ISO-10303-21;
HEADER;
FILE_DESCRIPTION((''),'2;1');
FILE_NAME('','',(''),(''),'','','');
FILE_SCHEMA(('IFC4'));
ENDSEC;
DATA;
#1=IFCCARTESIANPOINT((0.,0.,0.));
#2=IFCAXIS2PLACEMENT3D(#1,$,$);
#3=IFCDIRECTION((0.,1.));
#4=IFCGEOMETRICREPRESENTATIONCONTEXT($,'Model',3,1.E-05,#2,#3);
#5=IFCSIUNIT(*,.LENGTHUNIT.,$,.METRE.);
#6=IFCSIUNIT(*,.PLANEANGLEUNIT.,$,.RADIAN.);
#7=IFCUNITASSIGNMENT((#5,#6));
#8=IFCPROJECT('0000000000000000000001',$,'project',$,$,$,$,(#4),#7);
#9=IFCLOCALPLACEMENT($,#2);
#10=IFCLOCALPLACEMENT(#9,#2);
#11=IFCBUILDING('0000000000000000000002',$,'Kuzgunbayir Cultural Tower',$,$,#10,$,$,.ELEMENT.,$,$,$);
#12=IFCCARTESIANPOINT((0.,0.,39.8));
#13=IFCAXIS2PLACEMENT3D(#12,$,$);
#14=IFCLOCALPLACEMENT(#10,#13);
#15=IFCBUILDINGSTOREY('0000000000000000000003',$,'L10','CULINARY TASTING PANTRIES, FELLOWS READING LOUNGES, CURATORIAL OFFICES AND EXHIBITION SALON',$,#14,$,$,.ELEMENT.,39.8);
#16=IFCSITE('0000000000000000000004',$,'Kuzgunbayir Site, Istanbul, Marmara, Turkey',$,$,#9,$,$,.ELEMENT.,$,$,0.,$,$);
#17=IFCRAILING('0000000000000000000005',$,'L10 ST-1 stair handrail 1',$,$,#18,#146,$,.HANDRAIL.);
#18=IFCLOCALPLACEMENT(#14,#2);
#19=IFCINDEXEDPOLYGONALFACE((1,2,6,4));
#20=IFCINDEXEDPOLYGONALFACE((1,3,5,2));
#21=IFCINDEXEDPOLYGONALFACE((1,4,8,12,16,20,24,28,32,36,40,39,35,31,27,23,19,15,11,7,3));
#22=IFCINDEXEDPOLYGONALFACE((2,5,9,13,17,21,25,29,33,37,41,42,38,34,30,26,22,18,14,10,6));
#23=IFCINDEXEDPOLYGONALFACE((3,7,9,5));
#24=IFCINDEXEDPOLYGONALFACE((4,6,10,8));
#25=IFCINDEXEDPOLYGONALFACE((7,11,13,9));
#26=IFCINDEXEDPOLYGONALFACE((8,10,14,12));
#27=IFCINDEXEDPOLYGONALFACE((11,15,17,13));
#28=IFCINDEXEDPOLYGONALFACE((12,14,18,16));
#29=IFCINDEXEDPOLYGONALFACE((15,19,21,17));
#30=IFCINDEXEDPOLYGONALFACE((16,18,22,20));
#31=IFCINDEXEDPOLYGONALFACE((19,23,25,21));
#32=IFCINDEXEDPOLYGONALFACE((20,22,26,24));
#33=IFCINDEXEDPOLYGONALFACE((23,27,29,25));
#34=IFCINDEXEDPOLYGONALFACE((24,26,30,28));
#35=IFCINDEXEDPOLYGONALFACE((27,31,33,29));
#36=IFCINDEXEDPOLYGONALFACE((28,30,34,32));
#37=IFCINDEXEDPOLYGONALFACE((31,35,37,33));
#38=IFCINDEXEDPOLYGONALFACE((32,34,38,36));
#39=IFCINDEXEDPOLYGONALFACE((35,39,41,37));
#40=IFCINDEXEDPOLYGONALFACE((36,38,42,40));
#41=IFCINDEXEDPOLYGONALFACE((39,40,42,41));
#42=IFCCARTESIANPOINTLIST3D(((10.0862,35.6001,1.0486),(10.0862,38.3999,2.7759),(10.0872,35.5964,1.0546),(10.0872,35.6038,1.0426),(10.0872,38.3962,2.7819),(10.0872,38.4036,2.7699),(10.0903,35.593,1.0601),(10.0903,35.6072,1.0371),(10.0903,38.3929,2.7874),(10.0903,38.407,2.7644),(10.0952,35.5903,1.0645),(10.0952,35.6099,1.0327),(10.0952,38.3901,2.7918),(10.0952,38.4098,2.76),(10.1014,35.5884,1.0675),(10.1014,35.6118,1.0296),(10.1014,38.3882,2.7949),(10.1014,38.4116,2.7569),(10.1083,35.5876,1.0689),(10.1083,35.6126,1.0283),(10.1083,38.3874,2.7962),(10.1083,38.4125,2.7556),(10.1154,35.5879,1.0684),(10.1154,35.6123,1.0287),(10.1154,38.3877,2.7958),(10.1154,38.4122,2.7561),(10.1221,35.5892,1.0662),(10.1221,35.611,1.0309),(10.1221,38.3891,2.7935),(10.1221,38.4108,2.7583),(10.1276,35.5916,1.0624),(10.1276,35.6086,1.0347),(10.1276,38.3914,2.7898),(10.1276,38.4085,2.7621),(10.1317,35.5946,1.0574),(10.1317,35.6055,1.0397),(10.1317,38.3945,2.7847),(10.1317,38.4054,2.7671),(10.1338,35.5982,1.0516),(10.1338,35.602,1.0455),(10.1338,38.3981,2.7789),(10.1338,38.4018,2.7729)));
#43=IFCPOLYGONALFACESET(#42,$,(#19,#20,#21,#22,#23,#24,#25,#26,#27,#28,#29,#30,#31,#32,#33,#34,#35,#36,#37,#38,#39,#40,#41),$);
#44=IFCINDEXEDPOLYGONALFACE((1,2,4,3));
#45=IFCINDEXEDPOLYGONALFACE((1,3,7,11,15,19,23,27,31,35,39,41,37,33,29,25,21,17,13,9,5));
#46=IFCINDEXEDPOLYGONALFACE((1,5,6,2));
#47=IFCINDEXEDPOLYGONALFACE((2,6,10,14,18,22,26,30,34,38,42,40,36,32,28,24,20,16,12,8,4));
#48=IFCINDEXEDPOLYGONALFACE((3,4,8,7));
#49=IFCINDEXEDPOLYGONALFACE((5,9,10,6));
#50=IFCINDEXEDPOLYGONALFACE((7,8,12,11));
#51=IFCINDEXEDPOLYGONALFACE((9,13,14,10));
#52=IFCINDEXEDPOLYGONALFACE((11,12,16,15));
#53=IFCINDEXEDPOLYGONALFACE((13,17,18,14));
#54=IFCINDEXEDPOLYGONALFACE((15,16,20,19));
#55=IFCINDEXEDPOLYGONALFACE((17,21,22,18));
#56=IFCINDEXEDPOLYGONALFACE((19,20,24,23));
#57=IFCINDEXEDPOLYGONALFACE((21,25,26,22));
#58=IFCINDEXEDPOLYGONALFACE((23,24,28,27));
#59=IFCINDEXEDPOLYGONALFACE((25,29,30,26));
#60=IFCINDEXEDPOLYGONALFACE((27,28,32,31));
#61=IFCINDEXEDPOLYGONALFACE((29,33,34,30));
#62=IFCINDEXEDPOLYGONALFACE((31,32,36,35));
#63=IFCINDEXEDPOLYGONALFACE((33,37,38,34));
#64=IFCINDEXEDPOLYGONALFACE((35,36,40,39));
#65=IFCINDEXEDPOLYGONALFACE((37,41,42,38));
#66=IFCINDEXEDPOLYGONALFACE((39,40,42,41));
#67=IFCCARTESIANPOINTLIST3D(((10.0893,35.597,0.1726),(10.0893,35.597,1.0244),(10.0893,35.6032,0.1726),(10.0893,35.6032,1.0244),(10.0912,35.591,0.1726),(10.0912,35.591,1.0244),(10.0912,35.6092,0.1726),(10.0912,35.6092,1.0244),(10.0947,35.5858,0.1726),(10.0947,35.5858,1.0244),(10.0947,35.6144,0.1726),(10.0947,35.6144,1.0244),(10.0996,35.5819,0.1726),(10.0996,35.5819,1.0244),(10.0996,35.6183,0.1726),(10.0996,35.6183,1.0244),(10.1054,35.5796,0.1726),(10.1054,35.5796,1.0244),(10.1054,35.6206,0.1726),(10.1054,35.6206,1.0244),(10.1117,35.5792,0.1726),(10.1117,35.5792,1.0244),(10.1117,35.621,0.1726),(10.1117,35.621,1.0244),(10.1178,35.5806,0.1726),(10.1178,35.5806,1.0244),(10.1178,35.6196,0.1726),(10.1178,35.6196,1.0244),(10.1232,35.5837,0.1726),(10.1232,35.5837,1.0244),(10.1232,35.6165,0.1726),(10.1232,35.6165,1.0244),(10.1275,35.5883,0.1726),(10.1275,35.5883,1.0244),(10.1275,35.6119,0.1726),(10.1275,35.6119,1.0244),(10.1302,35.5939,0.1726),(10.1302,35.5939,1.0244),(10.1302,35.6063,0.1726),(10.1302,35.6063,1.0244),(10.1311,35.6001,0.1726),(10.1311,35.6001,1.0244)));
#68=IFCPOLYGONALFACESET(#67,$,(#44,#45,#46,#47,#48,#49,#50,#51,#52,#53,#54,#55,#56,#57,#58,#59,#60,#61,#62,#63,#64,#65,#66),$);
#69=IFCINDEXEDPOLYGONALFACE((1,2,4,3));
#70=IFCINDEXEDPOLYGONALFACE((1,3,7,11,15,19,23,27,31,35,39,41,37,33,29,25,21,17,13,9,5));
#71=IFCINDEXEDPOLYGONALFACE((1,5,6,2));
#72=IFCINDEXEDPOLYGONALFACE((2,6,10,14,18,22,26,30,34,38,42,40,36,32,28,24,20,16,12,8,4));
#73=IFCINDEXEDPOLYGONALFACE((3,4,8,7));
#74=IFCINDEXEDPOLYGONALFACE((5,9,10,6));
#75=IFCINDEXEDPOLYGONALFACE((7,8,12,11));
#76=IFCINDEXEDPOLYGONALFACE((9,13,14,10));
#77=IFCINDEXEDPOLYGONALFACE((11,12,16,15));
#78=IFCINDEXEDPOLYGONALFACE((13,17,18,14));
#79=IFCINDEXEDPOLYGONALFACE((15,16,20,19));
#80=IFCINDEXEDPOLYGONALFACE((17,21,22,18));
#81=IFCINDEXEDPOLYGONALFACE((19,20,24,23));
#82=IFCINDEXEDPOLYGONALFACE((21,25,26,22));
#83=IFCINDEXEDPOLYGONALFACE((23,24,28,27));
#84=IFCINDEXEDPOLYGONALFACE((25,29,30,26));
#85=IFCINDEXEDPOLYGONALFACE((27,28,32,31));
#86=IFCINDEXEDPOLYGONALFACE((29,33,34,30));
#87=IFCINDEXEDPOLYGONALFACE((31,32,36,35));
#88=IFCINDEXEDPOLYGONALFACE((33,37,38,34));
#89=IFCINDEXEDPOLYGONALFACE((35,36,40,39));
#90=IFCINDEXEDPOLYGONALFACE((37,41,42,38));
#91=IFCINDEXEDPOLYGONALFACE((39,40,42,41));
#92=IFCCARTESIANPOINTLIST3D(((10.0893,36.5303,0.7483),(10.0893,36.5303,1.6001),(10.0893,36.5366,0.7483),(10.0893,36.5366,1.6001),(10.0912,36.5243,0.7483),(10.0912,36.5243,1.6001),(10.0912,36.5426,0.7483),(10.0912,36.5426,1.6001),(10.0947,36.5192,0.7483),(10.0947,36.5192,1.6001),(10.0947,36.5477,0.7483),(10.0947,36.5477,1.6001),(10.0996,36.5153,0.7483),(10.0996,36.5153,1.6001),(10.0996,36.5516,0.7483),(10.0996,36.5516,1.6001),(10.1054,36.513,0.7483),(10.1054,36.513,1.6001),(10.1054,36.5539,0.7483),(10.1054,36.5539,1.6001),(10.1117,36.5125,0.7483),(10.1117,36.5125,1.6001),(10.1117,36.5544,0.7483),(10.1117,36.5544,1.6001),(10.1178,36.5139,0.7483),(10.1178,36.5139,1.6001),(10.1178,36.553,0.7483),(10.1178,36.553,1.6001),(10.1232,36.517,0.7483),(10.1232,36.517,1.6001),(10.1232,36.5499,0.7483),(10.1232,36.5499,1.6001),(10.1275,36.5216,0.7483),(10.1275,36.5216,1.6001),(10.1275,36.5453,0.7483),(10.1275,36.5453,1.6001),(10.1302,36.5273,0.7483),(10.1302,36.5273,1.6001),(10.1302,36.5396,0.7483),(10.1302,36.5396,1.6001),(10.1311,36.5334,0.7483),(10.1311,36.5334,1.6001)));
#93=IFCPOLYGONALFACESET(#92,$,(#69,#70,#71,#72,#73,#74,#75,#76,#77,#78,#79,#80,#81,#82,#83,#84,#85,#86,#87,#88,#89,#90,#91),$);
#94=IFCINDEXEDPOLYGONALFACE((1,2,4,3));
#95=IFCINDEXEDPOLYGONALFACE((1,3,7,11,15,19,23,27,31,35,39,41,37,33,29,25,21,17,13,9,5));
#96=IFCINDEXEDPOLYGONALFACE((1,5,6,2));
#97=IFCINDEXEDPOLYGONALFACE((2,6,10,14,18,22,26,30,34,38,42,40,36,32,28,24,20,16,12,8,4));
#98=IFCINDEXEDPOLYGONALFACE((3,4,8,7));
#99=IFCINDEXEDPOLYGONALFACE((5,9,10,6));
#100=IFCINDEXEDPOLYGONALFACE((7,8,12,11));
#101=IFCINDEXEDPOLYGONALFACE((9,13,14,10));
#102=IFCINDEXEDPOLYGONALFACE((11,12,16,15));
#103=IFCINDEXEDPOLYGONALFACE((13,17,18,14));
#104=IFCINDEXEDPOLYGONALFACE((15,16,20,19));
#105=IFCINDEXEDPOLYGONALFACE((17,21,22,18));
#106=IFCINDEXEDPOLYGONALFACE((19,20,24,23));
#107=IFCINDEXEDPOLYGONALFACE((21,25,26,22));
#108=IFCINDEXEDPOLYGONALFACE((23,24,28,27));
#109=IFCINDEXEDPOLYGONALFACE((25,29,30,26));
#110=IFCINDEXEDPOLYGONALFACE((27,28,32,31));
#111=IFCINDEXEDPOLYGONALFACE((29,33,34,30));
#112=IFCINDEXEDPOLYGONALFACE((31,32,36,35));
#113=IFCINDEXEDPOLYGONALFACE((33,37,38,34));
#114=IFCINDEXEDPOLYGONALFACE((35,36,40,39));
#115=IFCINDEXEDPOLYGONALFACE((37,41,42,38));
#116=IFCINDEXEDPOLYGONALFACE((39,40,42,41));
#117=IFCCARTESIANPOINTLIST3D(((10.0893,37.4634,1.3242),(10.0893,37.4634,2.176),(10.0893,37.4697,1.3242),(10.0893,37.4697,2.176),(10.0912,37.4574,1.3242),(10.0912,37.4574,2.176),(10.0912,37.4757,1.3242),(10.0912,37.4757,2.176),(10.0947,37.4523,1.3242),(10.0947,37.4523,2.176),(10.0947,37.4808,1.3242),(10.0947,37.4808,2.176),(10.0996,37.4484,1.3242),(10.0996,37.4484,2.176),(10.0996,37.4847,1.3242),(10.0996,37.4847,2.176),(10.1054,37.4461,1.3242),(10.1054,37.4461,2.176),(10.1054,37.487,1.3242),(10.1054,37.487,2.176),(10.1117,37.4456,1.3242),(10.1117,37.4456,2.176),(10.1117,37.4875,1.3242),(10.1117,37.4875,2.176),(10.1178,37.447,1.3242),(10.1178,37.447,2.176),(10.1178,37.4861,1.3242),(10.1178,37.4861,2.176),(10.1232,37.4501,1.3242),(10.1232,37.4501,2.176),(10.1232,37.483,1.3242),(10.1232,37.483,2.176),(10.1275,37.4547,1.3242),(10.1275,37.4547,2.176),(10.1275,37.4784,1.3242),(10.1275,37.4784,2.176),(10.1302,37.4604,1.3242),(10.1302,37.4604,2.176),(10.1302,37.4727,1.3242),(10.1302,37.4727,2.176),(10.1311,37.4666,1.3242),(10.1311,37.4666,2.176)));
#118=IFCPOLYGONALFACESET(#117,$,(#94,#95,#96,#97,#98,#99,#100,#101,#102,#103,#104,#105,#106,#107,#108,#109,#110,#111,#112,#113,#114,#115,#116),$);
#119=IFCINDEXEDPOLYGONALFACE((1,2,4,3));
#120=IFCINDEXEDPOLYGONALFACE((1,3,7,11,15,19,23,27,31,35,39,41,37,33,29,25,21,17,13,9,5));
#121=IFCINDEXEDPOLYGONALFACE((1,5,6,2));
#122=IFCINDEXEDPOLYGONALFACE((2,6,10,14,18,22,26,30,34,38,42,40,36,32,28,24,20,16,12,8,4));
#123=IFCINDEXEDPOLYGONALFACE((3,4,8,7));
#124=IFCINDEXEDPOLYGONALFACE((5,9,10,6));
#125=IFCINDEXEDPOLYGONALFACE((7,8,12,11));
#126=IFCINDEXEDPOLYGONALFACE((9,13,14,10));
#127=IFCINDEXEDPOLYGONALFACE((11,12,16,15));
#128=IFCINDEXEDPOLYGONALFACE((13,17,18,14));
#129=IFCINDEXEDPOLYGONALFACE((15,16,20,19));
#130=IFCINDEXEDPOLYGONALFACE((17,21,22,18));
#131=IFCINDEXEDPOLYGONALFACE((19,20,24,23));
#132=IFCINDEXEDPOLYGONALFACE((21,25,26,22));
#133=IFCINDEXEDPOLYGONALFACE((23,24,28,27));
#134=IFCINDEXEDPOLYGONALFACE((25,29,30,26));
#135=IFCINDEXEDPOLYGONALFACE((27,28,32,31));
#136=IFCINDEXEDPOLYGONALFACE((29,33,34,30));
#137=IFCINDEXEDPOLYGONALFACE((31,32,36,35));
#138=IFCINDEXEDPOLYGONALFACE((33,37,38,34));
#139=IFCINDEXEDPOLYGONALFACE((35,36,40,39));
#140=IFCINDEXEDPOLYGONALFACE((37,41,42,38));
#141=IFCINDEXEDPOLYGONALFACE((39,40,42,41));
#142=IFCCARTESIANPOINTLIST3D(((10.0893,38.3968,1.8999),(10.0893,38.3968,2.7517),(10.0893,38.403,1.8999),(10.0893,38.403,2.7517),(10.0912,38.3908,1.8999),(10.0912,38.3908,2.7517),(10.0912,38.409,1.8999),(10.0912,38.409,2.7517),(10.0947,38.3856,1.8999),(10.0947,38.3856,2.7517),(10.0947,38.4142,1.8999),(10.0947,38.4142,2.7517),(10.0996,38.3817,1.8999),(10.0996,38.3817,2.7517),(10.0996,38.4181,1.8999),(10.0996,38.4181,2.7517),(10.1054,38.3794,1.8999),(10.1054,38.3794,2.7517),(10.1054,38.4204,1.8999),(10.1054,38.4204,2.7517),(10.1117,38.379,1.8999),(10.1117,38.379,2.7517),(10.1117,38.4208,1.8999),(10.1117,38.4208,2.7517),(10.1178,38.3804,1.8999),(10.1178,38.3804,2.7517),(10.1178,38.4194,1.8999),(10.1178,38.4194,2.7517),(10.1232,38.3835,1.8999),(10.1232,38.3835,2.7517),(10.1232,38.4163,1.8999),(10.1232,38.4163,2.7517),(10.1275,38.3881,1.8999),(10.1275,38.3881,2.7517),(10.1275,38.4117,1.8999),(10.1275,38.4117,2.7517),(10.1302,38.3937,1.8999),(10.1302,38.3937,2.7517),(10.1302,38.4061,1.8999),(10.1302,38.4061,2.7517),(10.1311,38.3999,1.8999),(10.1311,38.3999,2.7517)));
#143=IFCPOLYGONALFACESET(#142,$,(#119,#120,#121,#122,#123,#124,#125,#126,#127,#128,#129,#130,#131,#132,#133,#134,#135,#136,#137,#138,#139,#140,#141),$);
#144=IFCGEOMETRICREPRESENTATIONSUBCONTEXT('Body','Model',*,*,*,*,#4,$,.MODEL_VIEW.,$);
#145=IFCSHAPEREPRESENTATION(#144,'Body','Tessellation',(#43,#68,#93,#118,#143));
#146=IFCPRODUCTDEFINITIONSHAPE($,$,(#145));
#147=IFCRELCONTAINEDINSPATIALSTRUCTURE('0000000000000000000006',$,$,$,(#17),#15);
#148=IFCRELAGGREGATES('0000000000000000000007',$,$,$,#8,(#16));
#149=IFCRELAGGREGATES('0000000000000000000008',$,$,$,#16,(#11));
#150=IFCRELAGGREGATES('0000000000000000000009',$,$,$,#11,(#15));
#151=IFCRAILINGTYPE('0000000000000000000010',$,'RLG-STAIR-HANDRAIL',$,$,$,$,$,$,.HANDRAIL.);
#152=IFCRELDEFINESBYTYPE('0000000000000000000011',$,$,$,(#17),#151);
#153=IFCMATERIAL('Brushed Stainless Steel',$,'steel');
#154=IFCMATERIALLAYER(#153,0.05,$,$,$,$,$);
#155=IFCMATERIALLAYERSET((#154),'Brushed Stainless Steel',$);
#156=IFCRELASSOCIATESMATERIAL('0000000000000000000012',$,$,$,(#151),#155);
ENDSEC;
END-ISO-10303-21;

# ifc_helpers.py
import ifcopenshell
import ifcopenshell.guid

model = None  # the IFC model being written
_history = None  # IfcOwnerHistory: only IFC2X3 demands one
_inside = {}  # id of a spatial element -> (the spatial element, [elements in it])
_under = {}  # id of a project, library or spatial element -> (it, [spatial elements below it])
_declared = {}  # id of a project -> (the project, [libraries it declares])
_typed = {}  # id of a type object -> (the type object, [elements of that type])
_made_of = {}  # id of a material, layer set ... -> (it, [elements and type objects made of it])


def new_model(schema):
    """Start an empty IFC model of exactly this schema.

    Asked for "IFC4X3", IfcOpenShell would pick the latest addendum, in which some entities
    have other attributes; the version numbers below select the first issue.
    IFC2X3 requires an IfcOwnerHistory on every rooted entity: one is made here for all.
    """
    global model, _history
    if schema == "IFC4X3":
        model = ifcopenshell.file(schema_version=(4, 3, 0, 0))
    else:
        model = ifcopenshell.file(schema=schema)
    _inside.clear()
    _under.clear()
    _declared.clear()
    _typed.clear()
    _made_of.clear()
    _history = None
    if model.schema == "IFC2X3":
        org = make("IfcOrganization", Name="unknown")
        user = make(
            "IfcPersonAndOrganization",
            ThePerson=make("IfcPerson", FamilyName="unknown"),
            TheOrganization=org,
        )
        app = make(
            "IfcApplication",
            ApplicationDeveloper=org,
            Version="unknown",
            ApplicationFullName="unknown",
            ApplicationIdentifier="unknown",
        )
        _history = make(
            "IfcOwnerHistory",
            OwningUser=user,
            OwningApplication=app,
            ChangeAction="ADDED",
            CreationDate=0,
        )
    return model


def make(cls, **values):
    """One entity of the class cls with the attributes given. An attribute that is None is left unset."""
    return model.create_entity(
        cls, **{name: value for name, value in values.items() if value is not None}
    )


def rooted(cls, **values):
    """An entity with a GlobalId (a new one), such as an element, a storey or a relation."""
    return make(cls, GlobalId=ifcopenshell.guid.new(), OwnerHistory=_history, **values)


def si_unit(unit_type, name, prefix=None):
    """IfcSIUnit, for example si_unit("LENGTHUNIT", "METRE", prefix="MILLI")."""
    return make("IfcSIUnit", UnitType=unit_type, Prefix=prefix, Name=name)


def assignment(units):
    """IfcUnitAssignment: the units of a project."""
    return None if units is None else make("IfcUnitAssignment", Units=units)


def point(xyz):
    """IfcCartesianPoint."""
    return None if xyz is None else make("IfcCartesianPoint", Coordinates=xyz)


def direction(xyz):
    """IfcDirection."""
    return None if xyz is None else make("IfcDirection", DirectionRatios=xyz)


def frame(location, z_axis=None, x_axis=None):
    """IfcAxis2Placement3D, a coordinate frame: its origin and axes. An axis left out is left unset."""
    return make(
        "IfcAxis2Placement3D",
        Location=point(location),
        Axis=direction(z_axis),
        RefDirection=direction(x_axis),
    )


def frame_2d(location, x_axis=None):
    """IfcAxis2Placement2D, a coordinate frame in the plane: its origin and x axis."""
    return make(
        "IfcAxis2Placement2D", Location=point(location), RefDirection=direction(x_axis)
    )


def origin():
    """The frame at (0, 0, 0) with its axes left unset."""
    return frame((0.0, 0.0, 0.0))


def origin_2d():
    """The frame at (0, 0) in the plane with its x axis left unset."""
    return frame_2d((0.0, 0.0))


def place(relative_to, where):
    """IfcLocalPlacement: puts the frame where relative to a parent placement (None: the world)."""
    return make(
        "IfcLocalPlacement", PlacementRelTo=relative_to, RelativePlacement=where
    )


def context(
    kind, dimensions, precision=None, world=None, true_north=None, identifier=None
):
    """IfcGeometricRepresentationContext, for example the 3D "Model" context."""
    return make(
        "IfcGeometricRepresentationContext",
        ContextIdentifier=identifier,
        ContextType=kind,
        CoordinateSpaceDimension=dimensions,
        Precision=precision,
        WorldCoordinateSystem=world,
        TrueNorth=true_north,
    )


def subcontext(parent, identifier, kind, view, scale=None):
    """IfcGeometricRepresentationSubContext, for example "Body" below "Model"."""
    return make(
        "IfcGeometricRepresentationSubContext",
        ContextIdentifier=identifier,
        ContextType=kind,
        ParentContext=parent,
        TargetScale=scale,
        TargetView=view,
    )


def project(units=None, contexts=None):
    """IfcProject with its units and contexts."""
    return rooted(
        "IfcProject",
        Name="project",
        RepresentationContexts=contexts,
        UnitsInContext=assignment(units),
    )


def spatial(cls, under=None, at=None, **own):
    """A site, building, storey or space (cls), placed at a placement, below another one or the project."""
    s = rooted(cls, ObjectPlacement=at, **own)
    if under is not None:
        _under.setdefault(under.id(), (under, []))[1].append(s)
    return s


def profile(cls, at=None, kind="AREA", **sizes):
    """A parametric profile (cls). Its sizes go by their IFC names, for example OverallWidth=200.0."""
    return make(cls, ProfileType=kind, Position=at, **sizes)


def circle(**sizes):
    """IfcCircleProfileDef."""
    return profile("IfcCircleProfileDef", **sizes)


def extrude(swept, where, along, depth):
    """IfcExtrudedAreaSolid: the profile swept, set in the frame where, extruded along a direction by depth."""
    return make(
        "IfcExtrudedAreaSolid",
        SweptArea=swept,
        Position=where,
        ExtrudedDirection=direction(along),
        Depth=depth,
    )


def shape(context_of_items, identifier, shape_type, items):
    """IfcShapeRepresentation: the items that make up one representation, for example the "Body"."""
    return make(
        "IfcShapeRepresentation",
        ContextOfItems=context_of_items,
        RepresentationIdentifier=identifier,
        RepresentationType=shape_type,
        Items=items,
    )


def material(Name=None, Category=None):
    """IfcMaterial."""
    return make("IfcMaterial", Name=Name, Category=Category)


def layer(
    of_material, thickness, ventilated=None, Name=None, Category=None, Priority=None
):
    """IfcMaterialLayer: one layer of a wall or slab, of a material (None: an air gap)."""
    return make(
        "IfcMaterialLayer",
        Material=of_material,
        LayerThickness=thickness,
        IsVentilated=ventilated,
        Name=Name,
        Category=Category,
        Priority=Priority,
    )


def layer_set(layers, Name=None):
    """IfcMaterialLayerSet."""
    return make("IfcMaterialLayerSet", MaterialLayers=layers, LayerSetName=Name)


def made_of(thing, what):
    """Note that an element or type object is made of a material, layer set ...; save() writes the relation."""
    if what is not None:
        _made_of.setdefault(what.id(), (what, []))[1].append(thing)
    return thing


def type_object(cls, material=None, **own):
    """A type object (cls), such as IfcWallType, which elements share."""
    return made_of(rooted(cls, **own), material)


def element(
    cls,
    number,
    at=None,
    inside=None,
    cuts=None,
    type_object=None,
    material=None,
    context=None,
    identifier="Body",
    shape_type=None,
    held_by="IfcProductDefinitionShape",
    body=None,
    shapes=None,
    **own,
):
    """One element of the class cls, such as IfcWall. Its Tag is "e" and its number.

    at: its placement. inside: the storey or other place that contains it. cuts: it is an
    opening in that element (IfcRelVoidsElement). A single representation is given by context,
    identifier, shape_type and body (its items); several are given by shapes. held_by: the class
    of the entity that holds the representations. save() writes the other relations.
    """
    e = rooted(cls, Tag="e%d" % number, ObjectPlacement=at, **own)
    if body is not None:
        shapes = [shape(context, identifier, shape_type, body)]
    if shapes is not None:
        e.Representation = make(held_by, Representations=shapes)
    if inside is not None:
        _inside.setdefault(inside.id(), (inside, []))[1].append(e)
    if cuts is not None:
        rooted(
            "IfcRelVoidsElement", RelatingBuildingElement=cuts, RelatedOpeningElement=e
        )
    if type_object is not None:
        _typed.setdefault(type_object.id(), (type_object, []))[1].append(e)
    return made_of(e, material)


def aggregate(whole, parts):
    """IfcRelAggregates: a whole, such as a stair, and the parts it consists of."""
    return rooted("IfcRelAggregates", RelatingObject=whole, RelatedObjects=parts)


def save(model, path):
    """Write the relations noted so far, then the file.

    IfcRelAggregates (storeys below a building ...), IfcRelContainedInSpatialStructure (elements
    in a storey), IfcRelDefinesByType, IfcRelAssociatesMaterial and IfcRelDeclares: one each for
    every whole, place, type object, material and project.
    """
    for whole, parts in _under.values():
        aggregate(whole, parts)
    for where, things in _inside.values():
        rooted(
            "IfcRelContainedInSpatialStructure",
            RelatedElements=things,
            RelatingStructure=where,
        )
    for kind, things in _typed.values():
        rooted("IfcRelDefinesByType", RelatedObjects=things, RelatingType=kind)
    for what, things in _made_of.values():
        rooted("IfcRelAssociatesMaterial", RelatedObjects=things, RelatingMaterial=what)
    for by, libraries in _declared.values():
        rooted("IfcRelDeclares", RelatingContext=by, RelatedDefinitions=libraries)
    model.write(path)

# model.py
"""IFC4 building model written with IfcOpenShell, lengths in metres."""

from ifc_helpers import new_model, si_unit, direction, frame, origin, origin_2d, place, context, subcontext, project, spatial, circle, extrude, material, layer, layer_set, type_object, element, save


model = new_model("IFC4")

# Units and contexts
model_context = context("Model", 3, precision=1e-05, world=origin(), true_north=direction((0.0, 1.0)))
body_context = subcontext(model_context, "Body", "Model", "MODEL_VIEW")
ifc_project = project(units=[si_unit("LENGTHUNIT", "METRE"), si_unit("PLANEANGLEUNIT", "RADIAN")], contexts=[model_context])

# Site, building, storey
site_placement = place(None, origin())
site = spatial("IfcSite", under=ifc_project, at=site_placement, Name="Kuzgunbayir Site, Istanbul, Marmara, Turkey", CompositionType="ELEMENT", RefElevation=0.0)
building_placement = place(site_placement, origin())
building = spatial("IfcBuilding", under=site, at=building_placement, Name="Kuzgunbayir Cultural Tower", CompositionType="ELEMENT")
storey_placement = place(building_placement, frame((0.0, 0.0, 39.8)))
storey = spatial("IfcBuildingStorey", under=building, at=storey_placement, Name="L10", Description="CULINARY TASTING PANTRIES, FELLOWS READING LOUNGES, CURATORIAL OFFICES AND EXHIBITION SALON", CompositionType="ELEMENT", Elevation=39.8)

# Shared definitions
ifc_material_1 = material(Name="Brushed Stainless Steel", Category="steel")

# Railing
ifc_layer_1 = layer(ifc_material_1, 0.05)
ifc_layer_set_1 = layer_set([ifc_layer_1], Name="Brushed Stainless Steel")
railing_type_1 = type_object("IfcRailingType", Name="RLG-STAIR-HANDRAIL", PredefinedType="HANDRAIL", material=ifc_layer_set_1)
railing_1_placement = place(storey_placement, frame((10.1101, 35.6001, 0.1726)))
element("IfcRailing", 1, at=railing_1_placement, inside=storey, type_object=railing_type_1, Name="L10 ST-1 stair handrail 1", PredefinedType="HANDRAIL", context=body_context, shape_type="SweptSolid", body=[
    extrude(circle(Radius=0.0239, at=origin_2d()), frame((0.0, 0.0, 0.876), z_axis=(0.0, 0.851069, 0.525054), x_axis=(-1.0, 0.0, 0.0)), (0.0, 0.0, 1.0), 3.2898),
    extrude(circle(Radius=0.021, at=origin_2d()), origin(), (0.0, 0.0, 1.0), 0.8518),
    extrude(circle(Radius=0.021, at=origin_2d()), frame((0.0, 0.9333, 0.5757)), (0.0, 0.0, 1.0), 0.8518),
    extrude(circle(Radius=0.021, at=origin_2d()), frame((0.0, 1.8665, 1.1516)), (0.0, 0.0, 1.0), 0.8518),
    extrude(circle(Radius=0.021, at=origin_2d()), frame((0.0, 2.7998, 1.7273)), (0.0, 0.0, 1.0), 0.8518),
])

save(model, "model.ifc")
